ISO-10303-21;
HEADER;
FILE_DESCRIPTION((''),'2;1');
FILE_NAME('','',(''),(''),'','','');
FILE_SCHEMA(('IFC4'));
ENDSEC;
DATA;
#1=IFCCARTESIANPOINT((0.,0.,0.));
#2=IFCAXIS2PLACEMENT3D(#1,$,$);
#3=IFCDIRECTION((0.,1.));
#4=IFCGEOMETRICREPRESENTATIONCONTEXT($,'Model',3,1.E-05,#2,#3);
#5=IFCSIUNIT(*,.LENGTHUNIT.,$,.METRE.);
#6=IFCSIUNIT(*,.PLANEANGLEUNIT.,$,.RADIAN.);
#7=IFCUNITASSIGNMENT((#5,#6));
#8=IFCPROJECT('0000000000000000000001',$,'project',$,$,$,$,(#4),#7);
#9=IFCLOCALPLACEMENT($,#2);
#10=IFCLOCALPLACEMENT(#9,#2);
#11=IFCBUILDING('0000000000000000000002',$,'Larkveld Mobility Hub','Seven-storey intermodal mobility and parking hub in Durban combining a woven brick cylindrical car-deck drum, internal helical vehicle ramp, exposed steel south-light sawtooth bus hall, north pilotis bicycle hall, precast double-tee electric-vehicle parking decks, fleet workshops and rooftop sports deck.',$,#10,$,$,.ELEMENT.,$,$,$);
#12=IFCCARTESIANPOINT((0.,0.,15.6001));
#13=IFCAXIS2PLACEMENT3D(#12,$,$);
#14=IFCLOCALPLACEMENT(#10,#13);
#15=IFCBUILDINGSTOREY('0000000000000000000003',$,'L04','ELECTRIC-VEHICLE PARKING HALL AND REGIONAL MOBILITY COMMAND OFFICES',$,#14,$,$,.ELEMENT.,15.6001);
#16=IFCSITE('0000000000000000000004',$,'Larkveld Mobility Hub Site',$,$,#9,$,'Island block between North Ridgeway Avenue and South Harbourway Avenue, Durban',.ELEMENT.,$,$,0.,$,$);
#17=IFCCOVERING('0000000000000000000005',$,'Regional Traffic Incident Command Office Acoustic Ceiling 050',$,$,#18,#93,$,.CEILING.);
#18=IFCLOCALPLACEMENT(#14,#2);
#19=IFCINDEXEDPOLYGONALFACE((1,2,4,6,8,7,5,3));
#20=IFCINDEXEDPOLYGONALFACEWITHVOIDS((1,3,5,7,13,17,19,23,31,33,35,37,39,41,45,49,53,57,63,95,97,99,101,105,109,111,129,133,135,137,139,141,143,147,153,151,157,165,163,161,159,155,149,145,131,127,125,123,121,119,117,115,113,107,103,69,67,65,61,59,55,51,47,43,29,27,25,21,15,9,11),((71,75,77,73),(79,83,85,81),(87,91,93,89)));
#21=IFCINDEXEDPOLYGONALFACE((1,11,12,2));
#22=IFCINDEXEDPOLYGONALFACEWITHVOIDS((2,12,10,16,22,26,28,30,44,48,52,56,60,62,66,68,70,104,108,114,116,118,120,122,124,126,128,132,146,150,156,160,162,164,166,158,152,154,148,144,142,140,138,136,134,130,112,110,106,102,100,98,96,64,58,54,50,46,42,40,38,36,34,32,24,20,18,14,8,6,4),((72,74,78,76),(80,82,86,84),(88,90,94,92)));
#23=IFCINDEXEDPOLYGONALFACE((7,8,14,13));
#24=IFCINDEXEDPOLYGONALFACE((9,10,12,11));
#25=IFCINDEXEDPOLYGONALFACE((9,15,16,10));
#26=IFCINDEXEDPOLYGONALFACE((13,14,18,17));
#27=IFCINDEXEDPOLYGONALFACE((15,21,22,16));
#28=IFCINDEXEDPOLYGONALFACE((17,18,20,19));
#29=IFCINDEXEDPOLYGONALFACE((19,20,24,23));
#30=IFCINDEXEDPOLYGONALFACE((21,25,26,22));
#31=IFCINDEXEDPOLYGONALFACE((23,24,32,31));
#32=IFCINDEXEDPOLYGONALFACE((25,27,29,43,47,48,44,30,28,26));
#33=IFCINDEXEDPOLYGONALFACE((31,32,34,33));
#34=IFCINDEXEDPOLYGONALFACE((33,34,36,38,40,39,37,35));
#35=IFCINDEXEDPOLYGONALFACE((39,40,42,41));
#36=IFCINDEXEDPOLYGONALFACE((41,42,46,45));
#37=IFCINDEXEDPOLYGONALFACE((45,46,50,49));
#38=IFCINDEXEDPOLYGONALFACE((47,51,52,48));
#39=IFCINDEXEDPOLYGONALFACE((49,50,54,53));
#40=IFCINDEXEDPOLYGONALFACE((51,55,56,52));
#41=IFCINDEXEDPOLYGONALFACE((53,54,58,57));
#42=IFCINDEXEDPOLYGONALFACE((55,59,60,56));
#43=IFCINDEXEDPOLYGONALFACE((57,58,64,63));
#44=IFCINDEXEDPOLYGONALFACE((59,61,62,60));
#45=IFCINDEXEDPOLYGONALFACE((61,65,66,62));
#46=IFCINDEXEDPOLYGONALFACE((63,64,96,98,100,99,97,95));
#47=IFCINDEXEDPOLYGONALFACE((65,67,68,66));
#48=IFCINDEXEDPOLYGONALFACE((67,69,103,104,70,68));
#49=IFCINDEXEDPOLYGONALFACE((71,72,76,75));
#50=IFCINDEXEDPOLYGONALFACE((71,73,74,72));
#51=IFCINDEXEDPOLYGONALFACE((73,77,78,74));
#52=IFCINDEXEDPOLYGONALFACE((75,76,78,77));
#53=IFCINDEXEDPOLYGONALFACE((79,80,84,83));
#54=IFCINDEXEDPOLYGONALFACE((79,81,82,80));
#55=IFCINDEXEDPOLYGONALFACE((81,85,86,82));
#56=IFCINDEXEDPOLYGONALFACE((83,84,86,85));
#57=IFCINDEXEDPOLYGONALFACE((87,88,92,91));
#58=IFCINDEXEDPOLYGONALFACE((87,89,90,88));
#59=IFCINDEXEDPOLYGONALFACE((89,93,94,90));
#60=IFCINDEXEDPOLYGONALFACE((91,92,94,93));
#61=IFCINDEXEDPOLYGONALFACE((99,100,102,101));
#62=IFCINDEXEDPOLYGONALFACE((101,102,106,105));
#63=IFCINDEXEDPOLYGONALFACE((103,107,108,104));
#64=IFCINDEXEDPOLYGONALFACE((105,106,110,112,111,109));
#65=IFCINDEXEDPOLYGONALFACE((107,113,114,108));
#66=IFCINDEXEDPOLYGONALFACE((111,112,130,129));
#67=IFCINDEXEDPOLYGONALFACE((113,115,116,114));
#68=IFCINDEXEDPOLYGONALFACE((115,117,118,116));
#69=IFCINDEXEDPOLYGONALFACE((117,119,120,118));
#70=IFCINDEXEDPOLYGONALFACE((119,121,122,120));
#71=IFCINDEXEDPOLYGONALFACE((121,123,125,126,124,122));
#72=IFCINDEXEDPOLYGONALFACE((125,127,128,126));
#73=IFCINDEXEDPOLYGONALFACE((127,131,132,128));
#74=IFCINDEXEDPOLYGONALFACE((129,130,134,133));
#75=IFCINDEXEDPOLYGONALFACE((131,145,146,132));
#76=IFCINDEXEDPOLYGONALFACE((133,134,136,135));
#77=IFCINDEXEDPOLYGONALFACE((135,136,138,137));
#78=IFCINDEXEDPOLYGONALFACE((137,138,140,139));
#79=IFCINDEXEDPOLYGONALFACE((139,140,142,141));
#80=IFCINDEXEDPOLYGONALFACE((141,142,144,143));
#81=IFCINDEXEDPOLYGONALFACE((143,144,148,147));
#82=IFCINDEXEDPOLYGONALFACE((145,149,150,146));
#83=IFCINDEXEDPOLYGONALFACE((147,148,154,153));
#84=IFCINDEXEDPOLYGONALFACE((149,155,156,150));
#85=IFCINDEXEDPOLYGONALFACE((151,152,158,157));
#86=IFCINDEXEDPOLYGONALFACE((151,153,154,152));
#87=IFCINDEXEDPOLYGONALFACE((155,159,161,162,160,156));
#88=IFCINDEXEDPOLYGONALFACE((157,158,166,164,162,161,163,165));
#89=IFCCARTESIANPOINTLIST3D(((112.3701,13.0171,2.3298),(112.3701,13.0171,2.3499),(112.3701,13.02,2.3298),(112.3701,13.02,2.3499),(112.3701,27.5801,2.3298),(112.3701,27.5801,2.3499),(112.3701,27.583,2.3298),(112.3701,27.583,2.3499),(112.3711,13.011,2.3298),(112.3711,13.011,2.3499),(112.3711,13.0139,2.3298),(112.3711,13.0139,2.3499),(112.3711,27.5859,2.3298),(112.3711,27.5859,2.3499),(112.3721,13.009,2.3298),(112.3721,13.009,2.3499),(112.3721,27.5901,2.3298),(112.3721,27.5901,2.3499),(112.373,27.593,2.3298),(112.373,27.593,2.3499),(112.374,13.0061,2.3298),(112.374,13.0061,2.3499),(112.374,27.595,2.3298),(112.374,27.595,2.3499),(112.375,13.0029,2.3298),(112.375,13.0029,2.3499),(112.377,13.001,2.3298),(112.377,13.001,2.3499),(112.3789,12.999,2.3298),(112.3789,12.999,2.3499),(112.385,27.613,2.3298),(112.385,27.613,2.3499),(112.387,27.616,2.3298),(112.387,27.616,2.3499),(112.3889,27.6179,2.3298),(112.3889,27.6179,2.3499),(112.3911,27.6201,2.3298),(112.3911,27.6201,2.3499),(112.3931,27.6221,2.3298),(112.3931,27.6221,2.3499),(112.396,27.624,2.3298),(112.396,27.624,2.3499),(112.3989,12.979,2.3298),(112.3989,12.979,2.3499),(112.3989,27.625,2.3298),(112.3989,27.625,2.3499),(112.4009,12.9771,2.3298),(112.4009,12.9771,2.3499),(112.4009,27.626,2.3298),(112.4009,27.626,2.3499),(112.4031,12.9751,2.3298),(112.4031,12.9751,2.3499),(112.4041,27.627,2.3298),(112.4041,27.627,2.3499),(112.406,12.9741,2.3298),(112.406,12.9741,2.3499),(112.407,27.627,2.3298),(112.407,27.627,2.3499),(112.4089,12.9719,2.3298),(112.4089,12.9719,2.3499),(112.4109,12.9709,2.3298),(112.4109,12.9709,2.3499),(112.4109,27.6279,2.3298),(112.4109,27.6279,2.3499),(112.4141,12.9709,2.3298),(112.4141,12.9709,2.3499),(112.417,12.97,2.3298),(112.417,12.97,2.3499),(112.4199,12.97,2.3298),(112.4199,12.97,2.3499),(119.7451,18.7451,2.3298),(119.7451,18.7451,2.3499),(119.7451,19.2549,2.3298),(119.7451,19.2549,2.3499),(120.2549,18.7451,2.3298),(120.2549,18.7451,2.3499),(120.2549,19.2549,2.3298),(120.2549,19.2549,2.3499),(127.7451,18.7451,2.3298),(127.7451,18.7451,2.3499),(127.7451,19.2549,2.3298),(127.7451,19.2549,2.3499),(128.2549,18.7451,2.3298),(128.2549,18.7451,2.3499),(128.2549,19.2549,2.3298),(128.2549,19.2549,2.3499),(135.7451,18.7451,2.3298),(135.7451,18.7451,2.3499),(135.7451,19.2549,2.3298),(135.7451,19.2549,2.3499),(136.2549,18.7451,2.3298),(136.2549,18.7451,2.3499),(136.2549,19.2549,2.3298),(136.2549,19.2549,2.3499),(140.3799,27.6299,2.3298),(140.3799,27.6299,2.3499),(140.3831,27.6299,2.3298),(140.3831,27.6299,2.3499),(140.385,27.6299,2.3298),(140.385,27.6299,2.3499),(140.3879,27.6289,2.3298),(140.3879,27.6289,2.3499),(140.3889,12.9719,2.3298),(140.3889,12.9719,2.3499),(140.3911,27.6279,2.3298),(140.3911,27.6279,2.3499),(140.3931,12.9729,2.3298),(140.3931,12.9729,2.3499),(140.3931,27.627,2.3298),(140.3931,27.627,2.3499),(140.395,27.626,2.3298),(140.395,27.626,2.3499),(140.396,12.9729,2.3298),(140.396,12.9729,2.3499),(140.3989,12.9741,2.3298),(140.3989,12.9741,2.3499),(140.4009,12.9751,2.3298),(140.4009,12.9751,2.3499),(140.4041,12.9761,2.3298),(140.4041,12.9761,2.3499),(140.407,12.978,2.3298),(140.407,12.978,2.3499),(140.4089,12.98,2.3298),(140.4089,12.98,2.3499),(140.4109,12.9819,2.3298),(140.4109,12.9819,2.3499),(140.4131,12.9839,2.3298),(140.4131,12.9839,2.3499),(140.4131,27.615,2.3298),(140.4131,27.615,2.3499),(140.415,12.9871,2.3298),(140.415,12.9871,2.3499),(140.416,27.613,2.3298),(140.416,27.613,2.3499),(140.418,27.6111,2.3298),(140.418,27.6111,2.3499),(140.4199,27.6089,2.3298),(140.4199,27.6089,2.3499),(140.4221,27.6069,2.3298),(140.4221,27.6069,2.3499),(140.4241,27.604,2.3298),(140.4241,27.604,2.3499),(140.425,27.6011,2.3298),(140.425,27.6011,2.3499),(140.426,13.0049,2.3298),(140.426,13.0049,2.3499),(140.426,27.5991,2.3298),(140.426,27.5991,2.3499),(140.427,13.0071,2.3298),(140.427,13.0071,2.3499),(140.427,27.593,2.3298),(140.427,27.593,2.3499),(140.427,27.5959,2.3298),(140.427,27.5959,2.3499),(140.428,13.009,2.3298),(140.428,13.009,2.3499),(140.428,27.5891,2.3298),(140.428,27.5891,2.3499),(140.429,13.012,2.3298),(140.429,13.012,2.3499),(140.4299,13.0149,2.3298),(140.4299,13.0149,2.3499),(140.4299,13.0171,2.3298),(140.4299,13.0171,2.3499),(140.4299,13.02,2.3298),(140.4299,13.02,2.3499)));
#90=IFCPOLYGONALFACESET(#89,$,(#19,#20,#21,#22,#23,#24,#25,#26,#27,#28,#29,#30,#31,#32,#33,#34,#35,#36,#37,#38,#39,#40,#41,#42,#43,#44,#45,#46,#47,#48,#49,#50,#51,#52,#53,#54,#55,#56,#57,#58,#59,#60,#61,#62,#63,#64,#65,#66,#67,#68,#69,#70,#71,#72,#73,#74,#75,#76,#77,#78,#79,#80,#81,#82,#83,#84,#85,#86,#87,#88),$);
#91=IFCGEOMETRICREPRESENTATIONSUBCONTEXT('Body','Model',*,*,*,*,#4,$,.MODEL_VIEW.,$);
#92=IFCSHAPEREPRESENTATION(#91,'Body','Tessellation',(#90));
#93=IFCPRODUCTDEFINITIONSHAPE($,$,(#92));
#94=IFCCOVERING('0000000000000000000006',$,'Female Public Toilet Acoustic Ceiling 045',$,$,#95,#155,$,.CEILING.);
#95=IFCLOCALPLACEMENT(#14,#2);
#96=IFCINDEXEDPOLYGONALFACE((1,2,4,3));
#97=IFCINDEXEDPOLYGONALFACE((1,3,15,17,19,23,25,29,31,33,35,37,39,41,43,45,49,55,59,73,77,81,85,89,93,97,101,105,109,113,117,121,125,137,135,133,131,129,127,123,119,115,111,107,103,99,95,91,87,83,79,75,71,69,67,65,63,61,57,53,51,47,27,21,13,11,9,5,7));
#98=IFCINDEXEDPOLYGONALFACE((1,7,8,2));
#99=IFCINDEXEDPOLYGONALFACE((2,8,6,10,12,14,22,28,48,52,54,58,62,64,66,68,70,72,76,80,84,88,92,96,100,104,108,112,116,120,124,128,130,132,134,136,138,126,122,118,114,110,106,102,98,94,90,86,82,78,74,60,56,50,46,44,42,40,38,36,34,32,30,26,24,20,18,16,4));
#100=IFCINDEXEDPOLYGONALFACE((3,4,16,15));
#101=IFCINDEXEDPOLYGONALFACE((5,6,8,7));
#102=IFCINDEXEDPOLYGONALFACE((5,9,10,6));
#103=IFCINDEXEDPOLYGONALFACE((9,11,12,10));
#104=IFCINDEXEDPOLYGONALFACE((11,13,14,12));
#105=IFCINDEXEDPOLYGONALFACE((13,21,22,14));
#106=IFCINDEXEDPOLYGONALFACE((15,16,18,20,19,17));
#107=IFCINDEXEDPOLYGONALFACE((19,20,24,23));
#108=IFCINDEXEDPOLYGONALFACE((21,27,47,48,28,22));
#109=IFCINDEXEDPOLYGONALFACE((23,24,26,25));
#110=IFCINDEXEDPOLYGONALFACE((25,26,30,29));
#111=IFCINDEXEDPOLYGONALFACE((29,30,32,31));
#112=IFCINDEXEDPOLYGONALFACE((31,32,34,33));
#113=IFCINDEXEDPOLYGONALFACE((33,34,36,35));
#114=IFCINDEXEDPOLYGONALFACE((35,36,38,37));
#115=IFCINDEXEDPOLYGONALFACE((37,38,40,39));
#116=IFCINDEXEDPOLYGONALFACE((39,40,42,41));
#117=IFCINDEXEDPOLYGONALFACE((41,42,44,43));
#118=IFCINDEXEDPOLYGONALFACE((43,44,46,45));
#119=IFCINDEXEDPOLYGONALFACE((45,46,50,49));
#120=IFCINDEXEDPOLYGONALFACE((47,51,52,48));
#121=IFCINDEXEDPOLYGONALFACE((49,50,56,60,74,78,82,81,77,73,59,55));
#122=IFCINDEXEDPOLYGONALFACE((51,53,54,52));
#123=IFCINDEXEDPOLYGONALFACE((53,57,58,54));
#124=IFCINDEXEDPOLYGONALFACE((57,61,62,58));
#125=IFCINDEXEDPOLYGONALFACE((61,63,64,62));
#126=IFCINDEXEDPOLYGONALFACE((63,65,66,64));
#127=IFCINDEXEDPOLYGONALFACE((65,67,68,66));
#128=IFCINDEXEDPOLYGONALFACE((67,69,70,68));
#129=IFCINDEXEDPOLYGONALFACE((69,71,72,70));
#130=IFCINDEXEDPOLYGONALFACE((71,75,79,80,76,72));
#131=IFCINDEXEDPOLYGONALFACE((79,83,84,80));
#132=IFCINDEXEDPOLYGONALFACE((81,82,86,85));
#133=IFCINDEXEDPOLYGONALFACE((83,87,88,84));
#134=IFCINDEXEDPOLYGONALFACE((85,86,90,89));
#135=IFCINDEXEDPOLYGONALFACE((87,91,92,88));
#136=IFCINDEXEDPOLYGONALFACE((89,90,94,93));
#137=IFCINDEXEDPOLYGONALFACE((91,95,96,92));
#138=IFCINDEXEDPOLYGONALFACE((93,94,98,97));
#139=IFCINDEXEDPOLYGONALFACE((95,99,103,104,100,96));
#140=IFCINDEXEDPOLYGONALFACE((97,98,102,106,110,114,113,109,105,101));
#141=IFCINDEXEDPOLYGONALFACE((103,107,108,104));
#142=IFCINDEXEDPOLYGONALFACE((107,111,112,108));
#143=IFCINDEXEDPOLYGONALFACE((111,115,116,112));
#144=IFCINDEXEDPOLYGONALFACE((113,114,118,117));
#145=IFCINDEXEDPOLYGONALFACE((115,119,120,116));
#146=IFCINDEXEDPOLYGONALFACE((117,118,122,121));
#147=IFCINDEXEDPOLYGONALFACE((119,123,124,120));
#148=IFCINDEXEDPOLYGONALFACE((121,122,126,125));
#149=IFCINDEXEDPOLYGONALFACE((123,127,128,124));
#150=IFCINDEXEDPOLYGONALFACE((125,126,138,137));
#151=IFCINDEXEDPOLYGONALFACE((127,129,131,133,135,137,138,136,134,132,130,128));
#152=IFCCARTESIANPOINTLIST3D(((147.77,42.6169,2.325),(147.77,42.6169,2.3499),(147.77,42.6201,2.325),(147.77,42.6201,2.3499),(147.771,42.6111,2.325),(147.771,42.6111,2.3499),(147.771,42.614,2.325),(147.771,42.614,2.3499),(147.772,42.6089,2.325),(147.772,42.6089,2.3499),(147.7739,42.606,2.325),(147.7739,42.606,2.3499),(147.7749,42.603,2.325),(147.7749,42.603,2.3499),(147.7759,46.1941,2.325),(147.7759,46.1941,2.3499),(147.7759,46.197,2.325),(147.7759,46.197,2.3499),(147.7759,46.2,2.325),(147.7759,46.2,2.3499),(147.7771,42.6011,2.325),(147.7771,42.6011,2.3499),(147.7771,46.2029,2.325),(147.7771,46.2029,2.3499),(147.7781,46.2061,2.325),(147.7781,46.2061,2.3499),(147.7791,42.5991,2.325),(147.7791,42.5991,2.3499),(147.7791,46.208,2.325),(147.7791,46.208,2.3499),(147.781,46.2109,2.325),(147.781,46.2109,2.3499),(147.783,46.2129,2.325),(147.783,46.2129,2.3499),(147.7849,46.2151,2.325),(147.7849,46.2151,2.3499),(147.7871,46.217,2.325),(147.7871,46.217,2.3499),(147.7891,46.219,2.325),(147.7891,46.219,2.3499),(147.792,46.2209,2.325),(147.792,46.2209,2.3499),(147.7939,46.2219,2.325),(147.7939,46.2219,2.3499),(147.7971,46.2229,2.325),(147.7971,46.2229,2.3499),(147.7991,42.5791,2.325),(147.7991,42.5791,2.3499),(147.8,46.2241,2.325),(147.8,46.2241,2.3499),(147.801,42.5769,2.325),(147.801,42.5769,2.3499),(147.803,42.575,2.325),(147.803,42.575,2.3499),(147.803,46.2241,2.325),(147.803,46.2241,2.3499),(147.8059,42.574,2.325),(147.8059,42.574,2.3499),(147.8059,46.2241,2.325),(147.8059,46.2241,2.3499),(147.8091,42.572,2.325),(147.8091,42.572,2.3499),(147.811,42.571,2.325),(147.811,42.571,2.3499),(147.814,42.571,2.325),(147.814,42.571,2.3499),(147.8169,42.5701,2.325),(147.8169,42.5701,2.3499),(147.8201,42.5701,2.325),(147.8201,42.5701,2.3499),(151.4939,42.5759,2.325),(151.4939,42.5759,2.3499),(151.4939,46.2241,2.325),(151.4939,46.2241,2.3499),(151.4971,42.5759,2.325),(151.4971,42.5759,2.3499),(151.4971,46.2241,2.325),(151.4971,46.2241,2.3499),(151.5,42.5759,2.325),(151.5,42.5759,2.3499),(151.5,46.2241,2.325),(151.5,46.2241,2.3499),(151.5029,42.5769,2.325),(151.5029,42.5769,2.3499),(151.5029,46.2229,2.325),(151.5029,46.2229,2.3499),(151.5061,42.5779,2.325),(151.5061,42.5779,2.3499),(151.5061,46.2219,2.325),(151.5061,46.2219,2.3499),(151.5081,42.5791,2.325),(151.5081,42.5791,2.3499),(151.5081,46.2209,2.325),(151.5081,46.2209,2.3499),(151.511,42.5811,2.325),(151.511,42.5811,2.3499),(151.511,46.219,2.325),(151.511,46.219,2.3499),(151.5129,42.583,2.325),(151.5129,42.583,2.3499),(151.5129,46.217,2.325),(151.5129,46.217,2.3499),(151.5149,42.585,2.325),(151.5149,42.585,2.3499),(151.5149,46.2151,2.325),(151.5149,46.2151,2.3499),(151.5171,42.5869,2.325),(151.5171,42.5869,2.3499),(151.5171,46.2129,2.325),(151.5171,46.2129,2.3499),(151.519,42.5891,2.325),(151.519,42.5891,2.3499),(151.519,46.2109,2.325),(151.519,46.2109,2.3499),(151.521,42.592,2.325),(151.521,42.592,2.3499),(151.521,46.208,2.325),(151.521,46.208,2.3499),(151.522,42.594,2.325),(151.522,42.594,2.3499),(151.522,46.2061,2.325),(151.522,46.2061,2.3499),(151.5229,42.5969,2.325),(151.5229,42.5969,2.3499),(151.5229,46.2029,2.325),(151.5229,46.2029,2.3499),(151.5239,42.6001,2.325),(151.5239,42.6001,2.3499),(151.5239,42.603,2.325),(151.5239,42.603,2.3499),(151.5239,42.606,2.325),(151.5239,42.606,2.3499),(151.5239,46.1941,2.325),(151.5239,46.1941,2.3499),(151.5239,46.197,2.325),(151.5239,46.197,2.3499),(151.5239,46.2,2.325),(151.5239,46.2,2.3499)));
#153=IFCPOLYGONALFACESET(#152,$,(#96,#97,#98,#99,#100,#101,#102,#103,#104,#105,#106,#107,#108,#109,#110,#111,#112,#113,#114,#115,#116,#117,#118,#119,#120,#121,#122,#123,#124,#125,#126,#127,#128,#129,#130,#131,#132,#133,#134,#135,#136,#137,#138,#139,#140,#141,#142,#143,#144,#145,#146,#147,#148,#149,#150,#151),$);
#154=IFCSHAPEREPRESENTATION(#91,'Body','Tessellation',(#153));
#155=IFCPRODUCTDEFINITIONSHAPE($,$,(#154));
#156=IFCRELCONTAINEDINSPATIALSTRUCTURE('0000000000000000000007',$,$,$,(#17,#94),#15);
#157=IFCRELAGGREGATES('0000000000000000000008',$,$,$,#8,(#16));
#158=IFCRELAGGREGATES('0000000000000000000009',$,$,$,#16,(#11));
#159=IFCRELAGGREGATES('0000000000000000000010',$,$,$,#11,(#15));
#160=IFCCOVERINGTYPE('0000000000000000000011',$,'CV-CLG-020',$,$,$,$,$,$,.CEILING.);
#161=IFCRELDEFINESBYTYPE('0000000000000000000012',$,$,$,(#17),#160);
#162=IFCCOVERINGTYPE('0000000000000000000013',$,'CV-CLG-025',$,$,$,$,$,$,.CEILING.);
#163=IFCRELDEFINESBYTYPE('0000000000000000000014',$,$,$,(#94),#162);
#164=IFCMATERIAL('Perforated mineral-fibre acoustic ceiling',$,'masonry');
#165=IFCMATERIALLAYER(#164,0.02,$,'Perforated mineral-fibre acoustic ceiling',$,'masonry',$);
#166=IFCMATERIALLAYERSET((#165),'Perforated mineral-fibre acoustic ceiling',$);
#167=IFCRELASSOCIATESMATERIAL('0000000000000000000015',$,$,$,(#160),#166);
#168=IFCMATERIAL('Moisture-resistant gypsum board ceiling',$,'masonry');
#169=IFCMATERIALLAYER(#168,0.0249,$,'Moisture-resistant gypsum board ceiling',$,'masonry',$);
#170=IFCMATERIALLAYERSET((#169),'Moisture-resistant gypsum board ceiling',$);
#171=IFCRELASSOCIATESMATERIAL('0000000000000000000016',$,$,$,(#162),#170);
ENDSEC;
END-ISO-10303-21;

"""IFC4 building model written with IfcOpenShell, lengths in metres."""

from ifc_helpers import new_model, si_unit, direction, frame, origin, place, context, subcontext, project, spatial, polyline, outline, extrude, material, layer, layer_set, type_object, element, save


model = new_model("IFC4")

# Units and contexts
model_context = context("Model", 3, precision=1e-05, world=origin(), true_north=direction((0.0, 1.0)))
body_context = subcontext(model_context, "Body", "Model", "MODEL_VIEW")
ifc_project = project(units=[si_unit("LENGTHUNIT", "METRE"), si_unit("PLANEANGLEUNIT", "RADIAN")], contexts=[model_context])

# Site, building, storey
site_placement = place(None, origin())
site = spatial("IfcSite", under=ifc_project, at=site_placement, Name="Larkveld Mobility Hub Site", LongName="Island block between North Ridgeway Avenue and South Harbourway Avenue, Durban", CompositionType="ELEMENT", RefElevation=0.0)
building_placement = place(site_placement, origin())
building = spatial("IfcBuilding", under=site, at=building_placement, Name="Larkveld Mobility Hub", Description="Seven-storey intermodal mobility and parking hub in Durban combining a woven brick cylindrical car-deck drum, internal helical vehicle ramp, exposed steel south-light sawtooth bus hall, north pilotis bicycle hall, precast double-tee electric-vehicle parking decks, fleet workshops and rooftop sports deck.", CompositionType="ELEMENT")
storey_placement = place(building_placement, frame((0.0, 0.0, 15.6001)))
storey = spatial("IfcBuildingStorey", under=building, at=storey_placement, Name="L04", Description="ELECTRIC-VEHICLE PARKING HALL AND REGIONAL MOBILITY COMMAND OFFICES", CompositionType="ELEMENT", Elevation=15.6001)

# Coverings
ifc_material_1 = material(Name="Perforated mineral-fibre acoustic ceiling", Category="masonry")
ifc_layer_1 = layer(ifc_material_1, 0.02, Name="Perforated mineral-fibre acoustic ceiling", Category="masonry")
ifc_layer_set_1 = layer_set([ifc_layer_1], Name="Perforated mineral-fibre acoustic ceiling")
covering_type_1 = type_object("IfcCoveringType", Name="CV-CLG-020", PredefinedType="CEILING", material=ifc_layer_set_1)
covering_1_placement = place(storey_placement, frame((0.0, 0.0, 2.3298)))
element("IfcCovering", 1, at=covering_1_placement, inside=storey, type_object=covering_type_1, Name="Regional Traffic Incident Command Office Acoustic Ceiling 050", PredefinedType="CEILING", context=body_context, shape_type="SweptSolid", body=[
    extrude(outline(polyline([(112.417, 12.97), (112.4141, 12.9709), (112.4109, 12.9709), (112.4089, 12.9719), (112.406, 12.9741), (112.4031, 12.9751), (112.4009, 12.9771), (112.3989, 12.979), (112.3789, 12.999), (112.377, 13.001), (112.375, 13.0029), (112.374, 13.0061), (112.3721, 13.009), (112.3711, 13.011), (112.3711, 13.0139), (112.3701, 13.0171), (112.3701, 13.02), (112.3701, 27.5801), (112.3701, 27.583), (112.3711, 27.5859), (112.3721, 27.5901), (112.373, 27.593), (112.374, 27.595), (112.385, 27.613), (112.387, 27.616), (112.3889, 27.6179), (112.3911, 27.6201), (112.3931, 27.6221), (112.396, 27.624), (112.3989, 27.625), (112.4009, 27.626), (112.4041, 27.627), (112.407, 27.627), (112.4109, 27.6279), (140.3799, 27.6299), (140.3831, 27.6299), (140.385, 27.6299), (140.3879, 27.6289), (140.3911, 27.6279), (140.3931, 27.627), (140.395, 27.626), (140.4131, 27.615), (140.416, 27.613), (140.418, 27.6111), (140.4199, 27.6089), (140.4221, 27.6069), (140.4241, 27.604), (140.425, 27.6011), (140.426, 27.5991), (140.427, 27.5959), (140.427, 27.593), (140.428, 27.5891), (140.4299, 13.02), (140.4299, 13.0171), (140.4299, 13.0149), (140.429, 13.012), (140.428, 13.009), (140.427, 13.0071), (140.426, 13.0049), (140.415, 12.9871), (140.4131, 12.9839), (140.4109, 12.9819), (140.4089, 12.98), (140.407, 12.978), (140.4041, 12.9761), (140.4009, 12.9751), (140.3989, 12.9741), (140.396, 12.9729), (140.3931, 12.9729), (140.3889, 12.9719), (112.4199, 12.97), (112.417, 12.97)]), holes=[polyline([(119.7451, 18.7451), (120.2549, 18.7451), (120.2549, 19.2549), (119.7451, 19.2549), (119.7451, 18.7451)]), polyline([(127.7451, 19.2549), (127.7451, 18.7451), (128.2549, 18.7451), (128.2549, 19.2549), (127.7451, 19.2549)]), polyline([(135.7451, 19.2549), (135.7451, 18.7451), (136.2549, 18.7451), (136.2549, 19.2549), (135.7451, 19.2549)])]), origin(), (0.0, 0.0, 1.0), 0.02),
])
ifc_material_2 = material(Name="Moisture-resistant gypsum board ceiling", Category="masonry")
ifc_layer_2 = layer(ifc_material_2, 0.0249, Name="Moisture-resistant gypsum board ceiling", Category="masonry")
ifc_layer_set_2 = layer_set([ifc_layer_2], Name="Moisture-resistant gypsum board ceiling")
covering_type_2 = type_object("IfcCoveringType", Name="CV-CLG-025", PredefinedType="CEILING", material=ifc_layer_set_2)
covering_2_placement = place(storey_placement, frame((0.0, 0.0, 2.325)))
element("IfcCovering", 2, at=covering_2_placement, inside=storey, type_object=covering_type_2, Name="Female Public Toilet Acoustic Ceiling 045", PredefinedType="CEILING", context=body_context, shape_type="SweptSolid", body=[
    extrude(outline(polyline([(147.8201, 42.5701), (147.8169, 42.5701), (147.814, 42.571), (147.811, 42.571), (147.8091, 42.572), (147.8059, 42.574), (147.803, 42.575), (147.801, 42.5769), (147.7991, 42.5791), (147.7791, 42.5991), (147.7771, 42.6011), (147.7749, 42.603), (147.7739, 42.606), (147.772, 42.6089), (147.771, 42.6111), (147.771, 42.614), (147.77, 42.6169), (147.77, 42.6201), (147.7759, 46.1941), (147.7759, 46.197), (147.7759, 46.2), (147.7771, 46.2029), (147.7781, 46.2061), (147.7791, 46.208), (147.781, 46.2109), (147.783, 46.2129), (147.7849, 46.2151), (147.7871, 46.217), (147.7891, 46.219), (147.792, 46.2209), (147.7939, 46.2219), (147.7971, 46.2229), (147.8, 46.2241), (147.803, 46.2241), (147.8059, 46.2241), (151.4939, 46.2241), (151.4971, 46.2241), (151.5, 46.2241), (151.5029, 46.2229), (151.5061, 46.2219), (151.5081, 46.2209), (151.511, 46.219), (151.5129, 46.217), (151.5149, 46.2151), (151.5171, 46.2129), (151.519, 46.2109), (151.521, 46.208), (151.522, 46.2061), (151.5229, 46.2029), (151.5239, 46.2), (151.5239, 46.197), (151.5239, 46.1941), (151.5239, 42.606), (151.5239, 42.603), (151.5239, 42.6001), (151.5229, 42.5969), (151.522, 42.594), (151.521, 42.592), (151.519, 42.5891), (151.5171, 42.5869), (151.5149, 42.585), (151.5129, 42.583), (151.511, 42.5811), (151.5081, 42.5791), (151.5061, 42.5779), (151.5029, 42.5769), (151.5, 42.5759), (151.4971, 42.5759), (151.4939, 42.5759), (147.8201, 42.5701)])), origin(), (0.0, 0.0, 1.0), 0.0249),
])

save(model, "model.ifc")
